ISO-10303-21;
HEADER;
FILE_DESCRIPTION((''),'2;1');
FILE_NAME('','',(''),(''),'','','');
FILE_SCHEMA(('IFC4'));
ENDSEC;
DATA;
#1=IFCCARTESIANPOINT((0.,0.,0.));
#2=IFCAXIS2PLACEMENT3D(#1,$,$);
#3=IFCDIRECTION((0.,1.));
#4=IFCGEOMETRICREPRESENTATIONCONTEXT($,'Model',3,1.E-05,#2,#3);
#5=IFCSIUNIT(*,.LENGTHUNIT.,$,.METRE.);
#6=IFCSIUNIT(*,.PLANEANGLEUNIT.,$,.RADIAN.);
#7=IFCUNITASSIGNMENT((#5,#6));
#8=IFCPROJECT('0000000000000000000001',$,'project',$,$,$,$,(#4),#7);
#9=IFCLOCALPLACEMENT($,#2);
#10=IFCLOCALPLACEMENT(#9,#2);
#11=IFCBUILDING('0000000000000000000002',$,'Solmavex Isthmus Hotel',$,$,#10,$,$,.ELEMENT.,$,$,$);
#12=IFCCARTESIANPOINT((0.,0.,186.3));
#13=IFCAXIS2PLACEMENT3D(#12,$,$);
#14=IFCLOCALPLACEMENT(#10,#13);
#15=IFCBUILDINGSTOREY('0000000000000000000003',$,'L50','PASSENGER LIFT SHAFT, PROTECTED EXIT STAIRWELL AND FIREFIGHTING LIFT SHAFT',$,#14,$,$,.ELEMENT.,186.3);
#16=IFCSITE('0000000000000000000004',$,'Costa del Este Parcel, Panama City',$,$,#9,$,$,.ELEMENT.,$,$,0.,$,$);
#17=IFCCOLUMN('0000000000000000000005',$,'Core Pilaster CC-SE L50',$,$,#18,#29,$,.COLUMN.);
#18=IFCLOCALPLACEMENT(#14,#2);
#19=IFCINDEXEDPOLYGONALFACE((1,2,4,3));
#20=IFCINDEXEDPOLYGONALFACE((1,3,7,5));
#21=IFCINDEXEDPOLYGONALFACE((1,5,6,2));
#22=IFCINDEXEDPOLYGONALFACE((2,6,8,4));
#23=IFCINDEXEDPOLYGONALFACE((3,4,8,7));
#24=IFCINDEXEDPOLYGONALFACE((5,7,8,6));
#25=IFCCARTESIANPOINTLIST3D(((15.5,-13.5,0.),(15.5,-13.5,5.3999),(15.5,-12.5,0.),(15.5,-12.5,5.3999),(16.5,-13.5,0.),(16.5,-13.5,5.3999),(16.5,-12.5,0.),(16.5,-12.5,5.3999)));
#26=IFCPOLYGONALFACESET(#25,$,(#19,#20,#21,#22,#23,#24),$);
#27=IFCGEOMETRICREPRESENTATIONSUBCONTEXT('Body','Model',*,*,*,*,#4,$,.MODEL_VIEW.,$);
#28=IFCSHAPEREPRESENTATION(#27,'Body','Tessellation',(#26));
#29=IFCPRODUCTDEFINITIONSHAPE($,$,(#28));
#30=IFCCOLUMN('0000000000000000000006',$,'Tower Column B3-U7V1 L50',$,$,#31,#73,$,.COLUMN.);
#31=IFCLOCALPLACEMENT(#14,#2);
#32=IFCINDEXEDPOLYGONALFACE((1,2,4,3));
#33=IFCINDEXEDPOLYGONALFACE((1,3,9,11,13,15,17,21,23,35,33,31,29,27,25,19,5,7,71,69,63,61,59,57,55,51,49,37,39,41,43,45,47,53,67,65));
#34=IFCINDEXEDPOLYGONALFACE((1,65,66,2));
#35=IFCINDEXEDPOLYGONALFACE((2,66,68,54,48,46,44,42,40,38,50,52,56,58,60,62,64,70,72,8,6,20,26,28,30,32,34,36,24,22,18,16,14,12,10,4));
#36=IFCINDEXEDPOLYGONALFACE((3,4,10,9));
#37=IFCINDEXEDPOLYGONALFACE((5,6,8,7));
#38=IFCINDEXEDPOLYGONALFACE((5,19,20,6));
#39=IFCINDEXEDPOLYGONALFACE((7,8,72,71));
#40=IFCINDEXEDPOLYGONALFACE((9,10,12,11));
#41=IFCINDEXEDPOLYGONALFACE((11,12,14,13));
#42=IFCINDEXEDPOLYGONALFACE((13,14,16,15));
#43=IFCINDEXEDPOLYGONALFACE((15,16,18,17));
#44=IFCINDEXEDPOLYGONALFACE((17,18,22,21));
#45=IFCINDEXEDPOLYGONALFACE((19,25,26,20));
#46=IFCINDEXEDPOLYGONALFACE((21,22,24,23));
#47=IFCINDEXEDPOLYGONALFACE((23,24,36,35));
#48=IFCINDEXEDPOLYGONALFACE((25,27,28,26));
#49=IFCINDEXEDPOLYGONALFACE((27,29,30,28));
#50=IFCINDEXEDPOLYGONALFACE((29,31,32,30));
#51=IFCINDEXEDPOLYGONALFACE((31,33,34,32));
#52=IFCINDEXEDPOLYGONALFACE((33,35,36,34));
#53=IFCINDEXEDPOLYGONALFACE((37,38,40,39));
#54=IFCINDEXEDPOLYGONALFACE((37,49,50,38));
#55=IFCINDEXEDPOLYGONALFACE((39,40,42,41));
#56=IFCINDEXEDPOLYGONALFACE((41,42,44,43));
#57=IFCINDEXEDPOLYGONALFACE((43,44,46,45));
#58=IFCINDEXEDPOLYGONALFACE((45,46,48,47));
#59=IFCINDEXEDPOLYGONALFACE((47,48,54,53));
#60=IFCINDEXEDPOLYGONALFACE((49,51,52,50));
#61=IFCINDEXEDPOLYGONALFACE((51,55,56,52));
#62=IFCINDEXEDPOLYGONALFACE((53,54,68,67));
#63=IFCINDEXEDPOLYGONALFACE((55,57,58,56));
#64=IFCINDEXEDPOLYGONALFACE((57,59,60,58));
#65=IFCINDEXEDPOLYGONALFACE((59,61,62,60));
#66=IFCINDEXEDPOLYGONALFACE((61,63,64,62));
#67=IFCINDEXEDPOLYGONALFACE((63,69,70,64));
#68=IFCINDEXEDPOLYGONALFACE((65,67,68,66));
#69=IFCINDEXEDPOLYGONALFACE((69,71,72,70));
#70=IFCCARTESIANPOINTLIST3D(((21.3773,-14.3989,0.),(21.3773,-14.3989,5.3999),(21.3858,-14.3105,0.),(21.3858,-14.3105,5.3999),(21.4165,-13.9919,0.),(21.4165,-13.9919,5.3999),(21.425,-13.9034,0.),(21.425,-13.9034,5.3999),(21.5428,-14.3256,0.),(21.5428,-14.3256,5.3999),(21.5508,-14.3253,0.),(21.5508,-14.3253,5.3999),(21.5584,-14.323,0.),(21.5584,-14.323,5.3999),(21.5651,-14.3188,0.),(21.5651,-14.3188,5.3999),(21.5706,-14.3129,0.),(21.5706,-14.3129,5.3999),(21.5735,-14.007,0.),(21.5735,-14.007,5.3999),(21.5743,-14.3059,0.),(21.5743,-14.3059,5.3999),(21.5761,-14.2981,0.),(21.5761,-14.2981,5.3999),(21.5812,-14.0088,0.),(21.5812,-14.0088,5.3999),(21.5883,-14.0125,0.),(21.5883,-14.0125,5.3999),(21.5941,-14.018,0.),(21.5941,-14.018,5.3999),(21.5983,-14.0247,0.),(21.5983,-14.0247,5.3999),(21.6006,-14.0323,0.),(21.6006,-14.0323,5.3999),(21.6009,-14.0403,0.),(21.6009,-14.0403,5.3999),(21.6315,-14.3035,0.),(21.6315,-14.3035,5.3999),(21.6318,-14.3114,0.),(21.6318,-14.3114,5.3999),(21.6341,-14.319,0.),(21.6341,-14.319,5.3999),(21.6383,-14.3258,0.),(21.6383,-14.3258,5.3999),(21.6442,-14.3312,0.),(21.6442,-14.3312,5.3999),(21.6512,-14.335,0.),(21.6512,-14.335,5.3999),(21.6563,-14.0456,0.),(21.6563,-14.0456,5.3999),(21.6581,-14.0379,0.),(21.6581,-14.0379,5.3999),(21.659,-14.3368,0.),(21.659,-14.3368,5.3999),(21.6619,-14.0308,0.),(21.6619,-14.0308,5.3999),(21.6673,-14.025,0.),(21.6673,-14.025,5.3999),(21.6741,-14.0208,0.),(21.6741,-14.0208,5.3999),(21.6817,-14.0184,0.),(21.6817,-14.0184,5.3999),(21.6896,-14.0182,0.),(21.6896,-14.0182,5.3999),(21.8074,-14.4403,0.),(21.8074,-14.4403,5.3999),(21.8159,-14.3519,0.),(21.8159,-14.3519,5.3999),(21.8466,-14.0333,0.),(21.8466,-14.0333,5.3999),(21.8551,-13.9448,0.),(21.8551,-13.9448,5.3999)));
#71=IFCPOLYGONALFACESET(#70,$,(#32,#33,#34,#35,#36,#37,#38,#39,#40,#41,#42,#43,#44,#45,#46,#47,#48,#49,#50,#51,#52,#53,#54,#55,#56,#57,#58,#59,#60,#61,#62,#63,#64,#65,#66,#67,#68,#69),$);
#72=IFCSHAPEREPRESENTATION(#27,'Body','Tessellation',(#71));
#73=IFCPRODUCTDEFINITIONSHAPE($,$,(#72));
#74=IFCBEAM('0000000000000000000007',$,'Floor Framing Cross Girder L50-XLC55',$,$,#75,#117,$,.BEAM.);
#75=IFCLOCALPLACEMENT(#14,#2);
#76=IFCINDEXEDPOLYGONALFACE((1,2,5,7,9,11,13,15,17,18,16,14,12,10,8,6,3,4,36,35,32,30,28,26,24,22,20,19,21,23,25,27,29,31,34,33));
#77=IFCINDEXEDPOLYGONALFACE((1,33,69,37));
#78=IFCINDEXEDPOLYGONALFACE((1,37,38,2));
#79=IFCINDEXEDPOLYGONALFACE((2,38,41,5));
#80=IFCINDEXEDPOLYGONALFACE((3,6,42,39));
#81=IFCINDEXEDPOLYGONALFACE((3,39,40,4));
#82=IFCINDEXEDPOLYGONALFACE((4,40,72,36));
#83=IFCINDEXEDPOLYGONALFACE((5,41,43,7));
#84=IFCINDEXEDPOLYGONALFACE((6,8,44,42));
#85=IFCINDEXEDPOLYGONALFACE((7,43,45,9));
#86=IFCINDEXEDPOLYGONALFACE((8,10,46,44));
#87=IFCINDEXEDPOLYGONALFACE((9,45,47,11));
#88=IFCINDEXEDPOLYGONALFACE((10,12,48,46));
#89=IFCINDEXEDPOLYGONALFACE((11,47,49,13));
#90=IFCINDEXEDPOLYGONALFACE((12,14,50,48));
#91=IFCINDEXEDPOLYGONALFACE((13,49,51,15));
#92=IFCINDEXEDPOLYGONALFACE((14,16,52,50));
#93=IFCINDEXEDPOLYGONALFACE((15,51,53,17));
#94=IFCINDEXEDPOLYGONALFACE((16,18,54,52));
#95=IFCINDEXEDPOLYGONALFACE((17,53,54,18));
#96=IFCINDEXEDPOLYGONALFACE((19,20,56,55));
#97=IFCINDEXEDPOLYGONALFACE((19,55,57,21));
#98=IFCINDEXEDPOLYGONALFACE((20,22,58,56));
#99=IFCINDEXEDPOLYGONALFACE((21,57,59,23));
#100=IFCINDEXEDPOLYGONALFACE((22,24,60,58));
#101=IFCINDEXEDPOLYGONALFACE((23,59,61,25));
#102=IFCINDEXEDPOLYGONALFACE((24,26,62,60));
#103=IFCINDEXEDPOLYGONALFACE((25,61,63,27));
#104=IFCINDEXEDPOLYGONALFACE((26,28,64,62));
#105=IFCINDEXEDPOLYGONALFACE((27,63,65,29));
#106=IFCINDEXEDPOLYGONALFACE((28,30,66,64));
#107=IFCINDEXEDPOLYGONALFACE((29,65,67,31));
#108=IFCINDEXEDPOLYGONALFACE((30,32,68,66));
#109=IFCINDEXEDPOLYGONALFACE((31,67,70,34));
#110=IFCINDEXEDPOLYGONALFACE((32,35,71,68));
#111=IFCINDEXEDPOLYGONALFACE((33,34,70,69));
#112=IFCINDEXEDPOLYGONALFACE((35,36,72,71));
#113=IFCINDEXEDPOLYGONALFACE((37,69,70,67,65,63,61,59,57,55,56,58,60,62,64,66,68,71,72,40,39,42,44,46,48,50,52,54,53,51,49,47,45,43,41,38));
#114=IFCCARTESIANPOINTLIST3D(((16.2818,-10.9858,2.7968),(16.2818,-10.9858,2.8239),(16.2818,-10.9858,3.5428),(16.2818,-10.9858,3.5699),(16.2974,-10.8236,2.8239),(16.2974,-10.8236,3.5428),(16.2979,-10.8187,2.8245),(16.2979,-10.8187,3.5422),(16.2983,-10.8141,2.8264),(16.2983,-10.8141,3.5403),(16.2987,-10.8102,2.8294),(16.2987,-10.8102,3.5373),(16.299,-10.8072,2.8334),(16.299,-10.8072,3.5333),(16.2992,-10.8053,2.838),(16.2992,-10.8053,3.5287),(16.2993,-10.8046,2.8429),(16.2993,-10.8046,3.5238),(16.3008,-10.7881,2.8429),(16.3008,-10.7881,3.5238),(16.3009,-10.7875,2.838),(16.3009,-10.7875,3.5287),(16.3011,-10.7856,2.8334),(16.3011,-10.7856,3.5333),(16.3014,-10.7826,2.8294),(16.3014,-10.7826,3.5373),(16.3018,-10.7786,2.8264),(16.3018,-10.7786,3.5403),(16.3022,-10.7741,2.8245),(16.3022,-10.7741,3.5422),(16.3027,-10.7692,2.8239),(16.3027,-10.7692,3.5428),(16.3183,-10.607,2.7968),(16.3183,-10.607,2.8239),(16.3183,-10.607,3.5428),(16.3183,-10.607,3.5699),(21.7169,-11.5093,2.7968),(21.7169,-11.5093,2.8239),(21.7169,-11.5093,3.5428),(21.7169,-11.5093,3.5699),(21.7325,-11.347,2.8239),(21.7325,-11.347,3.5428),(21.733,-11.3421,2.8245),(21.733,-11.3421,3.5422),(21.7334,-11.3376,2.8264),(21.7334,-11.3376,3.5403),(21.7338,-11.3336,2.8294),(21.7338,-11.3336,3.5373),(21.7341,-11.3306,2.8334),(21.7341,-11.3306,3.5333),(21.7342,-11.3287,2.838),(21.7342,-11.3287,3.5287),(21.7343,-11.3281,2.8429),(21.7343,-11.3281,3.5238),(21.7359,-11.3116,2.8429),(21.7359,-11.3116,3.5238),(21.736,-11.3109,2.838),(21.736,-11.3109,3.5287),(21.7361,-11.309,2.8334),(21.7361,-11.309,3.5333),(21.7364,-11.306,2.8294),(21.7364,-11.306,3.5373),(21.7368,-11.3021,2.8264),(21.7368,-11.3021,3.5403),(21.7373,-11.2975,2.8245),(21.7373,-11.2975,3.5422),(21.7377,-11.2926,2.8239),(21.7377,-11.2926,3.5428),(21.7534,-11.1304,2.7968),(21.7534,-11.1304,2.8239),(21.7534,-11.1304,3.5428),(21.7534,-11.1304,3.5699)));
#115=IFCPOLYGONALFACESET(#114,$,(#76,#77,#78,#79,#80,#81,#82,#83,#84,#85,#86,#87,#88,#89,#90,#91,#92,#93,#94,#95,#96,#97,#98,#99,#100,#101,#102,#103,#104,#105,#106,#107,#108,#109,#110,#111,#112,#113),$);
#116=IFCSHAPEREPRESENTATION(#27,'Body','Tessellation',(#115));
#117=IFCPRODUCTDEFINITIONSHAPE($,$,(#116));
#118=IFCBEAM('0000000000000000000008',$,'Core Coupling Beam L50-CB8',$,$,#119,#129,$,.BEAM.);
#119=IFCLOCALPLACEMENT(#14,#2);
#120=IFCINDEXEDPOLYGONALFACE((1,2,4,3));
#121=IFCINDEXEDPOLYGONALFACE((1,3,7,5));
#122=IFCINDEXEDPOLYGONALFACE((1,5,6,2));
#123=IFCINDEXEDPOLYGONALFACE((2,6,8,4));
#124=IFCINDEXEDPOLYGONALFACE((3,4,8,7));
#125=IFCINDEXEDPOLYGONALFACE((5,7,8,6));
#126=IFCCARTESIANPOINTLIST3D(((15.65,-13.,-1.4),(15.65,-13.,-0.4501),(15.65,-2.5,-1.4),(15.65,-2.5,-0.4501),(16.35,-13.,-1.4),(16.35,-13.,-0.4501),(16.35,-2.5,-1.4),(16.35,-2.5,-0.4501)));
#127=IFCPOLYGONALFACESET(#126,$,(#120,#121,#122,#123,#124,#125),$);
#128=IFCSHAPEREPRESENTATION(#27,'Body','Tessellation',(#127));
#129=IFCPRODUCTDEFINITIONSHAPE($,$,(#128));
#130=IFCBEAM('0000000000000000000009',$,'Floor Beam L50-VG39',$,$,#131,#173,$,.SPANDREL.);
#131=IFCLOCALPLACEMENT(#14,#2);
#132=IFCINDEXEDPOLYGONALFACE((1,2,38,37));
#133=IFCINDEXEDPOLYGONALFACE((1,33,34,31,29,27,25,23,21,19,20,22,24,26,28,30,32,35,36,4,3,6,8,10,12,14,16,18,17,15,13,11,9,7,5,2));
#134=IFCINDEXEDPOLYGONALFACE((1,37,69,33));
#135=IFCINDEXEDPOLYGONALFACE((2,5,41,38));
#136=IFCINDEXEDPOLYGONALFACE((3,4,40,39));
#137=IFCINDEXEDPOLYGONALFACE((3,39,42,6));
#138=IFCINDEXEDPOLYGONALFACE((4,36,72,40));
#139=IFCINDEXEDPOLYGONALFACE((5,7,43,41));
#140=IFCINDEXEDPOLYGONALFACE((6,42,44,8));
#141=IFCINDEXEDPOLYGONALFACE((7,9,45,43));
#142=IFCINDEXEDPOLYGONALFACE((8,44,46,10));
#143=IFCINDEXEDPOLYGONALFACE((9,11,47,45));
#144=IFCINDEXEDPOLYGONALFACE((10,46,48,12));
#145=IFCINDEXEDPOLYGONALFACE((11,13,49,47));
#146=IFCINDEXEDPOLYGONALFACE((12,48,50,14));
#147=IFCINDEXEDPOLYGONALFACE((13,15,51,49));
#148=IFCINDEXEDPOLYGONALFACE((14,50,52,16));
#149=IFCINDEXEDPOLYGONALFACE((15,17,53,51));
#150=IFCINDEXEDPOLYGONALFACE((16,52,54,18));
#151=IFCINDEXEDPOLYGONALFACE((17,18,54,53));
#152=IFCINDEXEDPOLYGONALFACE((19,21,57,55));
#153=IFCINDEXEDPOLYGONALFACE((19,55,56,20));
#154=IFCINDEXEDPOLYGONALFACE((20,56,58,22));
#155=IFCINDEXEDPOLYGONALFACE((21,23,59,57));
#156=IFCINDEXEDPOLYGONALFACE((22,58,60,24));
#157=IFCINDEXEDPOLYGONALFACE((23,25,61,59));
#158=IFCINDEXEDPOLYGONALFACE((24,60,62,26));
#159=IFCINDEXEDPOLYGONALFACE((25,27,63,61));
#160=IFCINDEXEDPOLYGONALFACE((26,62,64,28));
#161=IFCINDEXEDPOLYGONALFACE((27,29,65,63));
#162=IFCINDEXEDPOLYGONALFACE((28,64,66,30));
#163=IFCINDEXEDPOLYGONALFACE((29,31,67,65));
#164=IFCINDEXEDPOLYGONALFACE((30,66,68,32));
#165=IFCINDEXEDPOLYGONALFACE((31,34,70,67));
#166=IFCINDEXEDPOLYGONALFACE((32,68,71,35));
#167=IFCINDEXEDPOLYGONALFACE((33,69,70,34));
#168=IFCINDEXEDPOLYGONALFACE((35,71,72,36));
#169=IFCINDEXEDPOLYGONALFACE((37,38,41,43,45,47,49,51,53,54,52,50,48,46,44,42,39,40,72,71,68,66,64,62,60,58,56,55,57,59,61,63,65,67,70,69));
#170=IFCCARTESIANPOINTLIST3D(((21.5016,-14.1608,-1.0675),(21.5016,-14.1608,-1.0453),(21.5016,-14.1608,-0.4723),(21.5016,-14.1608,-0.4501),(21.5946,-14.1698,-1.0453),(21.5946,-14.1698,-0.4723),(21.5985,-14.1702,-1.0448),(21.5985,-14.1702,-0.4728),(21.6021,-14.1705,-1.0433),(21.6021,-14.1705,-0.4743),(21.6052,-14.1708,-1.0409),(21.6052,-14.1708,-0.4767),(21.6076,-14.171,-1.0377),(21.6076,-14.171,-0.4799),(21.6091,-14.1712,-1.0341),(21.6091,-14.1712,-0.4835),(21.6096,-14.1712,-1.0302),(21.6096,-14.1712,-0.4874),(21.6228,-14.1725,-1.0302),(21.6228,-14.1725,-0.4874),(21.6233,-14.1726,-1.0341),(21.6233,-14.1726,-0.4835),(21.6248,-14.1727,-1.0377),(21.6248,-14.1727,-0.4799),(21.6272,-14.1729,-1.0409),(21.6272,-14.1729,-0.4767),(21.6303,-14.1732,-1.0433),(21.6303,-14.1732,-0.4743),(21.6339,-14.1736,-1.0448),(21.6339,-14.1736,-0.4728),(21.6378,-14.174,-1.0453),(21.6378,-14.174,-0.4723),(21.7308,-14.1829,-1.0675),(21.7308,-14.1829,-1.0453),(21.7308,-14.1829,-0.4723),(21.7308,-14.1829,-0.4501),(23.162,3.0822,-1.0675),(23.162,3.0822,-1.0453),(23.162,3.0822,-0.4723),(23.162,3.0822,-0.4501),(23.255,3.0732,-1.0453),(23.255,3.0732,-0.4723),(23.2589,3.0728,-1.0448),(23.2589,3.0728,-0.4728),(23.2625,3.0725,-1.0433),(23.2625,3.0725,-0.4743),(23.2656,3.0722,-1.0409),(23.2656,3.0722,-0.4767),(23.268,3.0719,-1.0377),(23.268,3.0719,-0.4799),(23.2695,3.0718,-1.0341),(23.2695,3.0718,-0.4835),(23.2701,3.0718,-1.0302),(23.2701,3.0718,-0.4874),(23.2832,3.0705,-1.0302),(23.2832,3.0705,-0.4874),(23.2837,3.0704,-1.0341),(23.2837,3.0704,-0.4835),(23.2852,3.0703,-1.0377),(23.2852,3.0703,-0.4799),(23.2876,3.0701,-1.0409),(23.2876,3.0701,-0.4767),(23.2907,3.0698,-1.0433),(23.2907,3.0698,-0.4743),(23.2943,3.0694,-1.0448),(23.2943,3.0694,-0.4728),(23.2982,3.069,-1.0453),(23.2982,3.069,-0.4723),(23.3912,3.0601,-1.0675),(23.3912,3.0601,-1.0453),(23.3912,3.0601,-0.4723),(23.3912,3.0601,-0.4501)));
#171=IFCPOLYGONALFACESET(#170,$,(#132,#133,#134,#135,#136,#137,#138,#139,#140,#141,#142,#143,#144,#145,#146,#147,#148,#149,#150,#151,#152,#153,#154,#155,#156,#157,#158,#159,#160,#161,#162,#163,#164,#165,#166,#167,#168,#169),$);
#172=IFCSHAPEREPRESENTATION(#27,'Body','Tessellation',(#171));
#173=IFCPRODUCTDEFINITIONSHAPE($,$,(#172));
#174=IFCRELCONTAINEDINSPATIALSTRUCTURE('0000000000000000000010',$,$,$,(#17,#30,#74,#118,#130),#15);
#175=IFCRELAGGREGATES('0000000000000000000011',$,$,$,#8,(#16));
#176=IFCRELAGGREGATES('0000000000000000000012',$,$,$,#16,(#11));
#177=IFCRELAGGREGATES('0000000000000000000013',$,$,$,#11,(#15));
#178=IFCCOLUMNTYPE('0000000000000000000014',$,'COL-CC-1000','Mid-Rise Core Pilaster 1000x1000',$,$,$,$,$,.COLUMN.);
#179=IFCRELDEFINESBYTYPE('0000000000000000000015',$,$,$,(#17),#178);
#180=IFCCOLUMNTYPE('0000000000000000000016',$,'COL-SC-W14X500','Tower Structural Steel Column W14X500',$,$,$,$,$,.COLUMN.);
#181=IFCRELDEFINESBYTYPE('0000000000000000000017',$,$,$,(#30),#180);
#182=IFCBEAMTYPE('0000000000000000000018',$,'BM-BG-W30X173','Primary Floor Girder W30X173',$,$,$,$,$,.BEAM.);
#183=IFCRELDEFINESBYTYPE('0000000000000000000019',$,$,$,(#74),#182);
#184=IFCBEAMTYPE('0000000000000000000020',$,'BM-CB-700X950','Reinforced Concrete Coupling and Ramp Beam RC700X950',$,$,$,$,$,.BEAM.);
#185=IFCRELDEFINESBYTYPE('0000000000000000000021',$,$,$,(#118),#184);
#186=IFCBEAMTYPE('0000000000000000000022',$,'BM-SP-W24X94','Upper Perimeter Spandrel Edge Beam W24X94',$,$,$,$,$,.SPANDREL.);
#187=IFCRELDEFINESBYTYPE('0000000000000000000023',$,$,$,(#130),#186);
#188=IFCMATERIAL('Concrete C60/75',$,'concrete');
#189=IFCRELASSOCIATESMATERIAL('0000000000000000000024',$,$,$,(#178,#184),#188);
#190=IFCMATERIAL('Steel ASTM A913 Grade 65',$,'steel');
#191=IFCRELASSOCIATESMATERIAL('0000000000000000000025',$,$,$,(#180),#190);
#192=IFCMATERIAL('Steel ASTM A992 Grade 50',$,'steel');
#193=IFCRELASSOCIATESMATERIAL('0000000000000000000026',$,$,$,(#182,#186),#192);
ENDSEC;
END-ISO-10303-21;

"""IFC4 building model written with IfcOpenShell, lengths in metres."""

from ifc_helpers import new_model, si_unit, direction, frame, origin, origin_2d, place, context, subcontext, project, spatial, rectangle, i_section, extrude, material, material_profile, profile_set, type_object, element, save


model = new_model("IFC4")

# Units and contexts
model_context = context("Model", 3, precision=1e-05, world=origin(), true_north=direction((0.0, 1.0)))
body_context = subcontext(model_context, "Body", "Model", "MODEL_VIEW")
ifc_project = project(units=[si_unit("LENGTHUNIT", "METRE"), si_unit("PLANEANGLEUNIT", "RADIAN")], contexts=[model_context])

# Site, building, storey
site_placement = place(None, origin())
site = spatial("IfcSite", under=ifc_project, at=site_placement, Name="Costa del Este Parcel, Panama City", CompositionType="ELEMENT", RefElevation=0.0)
building_placement = place(site_placement, origin())
building = spatial("IfcBuilding", under=site, at=building_placement, Name="Solmavex Isthmus Hotel", CompositionType="ELEMENT")
storey_placement = place(building_placement, frame((0.0, 0.0, 186.3)))
storey = spatial("IfcBuildingStorey", under=building, at=storey_placement, Name="L50", Description="PASSENGER LIFT SHAFT, PROTECTED EXIT STAIRWELL AND FIREFIGHTING LIFT SHAFT", CompositionType="ELEMENT", Elevation=186.3)

# Columns
ifc_material_1 = material(Name="Concrete C60/75", Category="concrete")
ifc_material_profile_1 = material_profile(ifc_material_1, rectangle(XDim=1.0, YDim=1.0, at=origin_2d()), Name="RC1000X1000")
ifc_profile_set_1 = profile_set([ifc_material_profile_1], Name="Concrete C60/75")
column_type_1 = type_object("IfcColumnType", Name="COL-CC-1000", Description="Mid-Rise Core Pilaster 1000x1000", PredefinedType="COLUMN", material=ifc_profile_set_1)
column_1_placement = place(storey_placement, frame((16.0, -13.0, 0.0), z_axis=(0.0, 0.0, 1.0), x_axis=(1.0, 0.0, 0.0)))
element("IfcColumn", 1, at=column_1_placement, inside=storey, type_object=column_type_1, Name="Core Pilaster CC-SE L50", PredefinedType="COLUMN", context=body_context, shape_type="SweptSolid", body=[
    extrude(rectangle(XDim=1.0, YDim=1.0, at=origin_2d()), origin(), (0.0, 0.0, 1.0), 5.3999),
])
ifc_material_2 = material(Name="Steel ASTM A913 Grade 65", Category="steel")
ifc_material_profile_2 = material_profile(ifc_material_2, i_section(OverallWidth=0.4321, OverallDepth=0.4978, WebThickness=0.0557, FlangeThickness=0.0889, FilletRadius=0.0305, at=origin_2d()), Name="W14X500")
ifc_profile_set_2 = profile_set([ifc_material_profile_2], Name="Steel ASTM A913 Grade 65")
column_type_2 = type_object("IfcColumnType", Name="COL-SC-W14X500", Description="Tower Structural Steel Column W14X500", PredefinedType="COLUMN", material=ifc_profile_set_2)
column_2_placement = place(storey_placement, frame((21.6162, -14.1719, 0.0), z_axis=(0.0, 0.0, 1.0), x_axis=(0.995396, -0.095846, 0.0)))
element("IfcColumn", 2, at=column_2_placement, inside=storey, type_object=column_type_2, Name="Tower Column B3-U7V1 L50", PredefinedType="COLUMN", context=body_context, shape_type="SweptSolid", body=[
    extrude(i_section(OverallWidth=0.4321, OverallDepth=0.4978, WebThickness=0.0557, FlangeThickness=0.0889, FilletRadius=0.0305, at=origin_2d()), origin(), (0.0, 0.0, 1.0), 5.3999),
])

# Beams
ifc_material_3 = material(Name="Steel ASTM A992 Grade 50", Category="steel")
ifc_material_profile_3 = material_profile(ifc_material_3, i_section(OverallWidth=0.3806, OverallDepth=0.7732, WebThickness=0.0166, FlangeThickness=0.0271, FilletRadius=0.019, at=origin_2d()), Name="W30X173")
ifc_profile_set_3 = profile_set([ifc_material_profile_3], Name="Steel ASTM A992 Grade 50")
beam_type_1 = type_object("IfcBeamType", Name="BM-BG-W30X173", Description="Primary Floor Girder W30X173", PredefinedType="BEAM", material=ifc_profile_set_3)
beam_1_placement = place(storey_placement, frame((16.3, -10.7964, 3.1833), z_axis=(0.995394, -0.095864, 0.0), x_axis=(0.095864, 0.995394, 0.0)))
element("IfcBeam", 3, at=beam_1_placement, inside=storey, type_object=beam_type_1, Name="Floor Framing Cross Girder L50-XLC55", PredefinedType="BEAM", context=body_context, shape_type="SweptSolid", body=[
    extrude(i_section(OverallWidth=0.3806, OverallDepth=0.7732, WebThickness=0.0166, FlangeThickness=0.0271, FilletRadius=0.019, at=origin_2d()), origin(), (0.0, 0.0, 1.0), 5.4602),
])
ifc_material_profile_4 = material_profile(ifc_material_1, rectangle(XDim=0.7, YDim=0.95, at=origin_2d()), Name="RC700X950")
ifc_profile_set_4 = profile_set([ifc_material_profile_4], Name="Concrete C60/75")
beam_type_2 = type_object("IfcBeamType", Name="BM-CB-700X950", Description="Reinforced Concrete Coupling and Ramp Beam RC700X950", PredefinedType="BEAM", material=ifc_profile_set_4)
beam_2_placement = place(storey_placement, frame((16.0, -13.0, -0.925), z_axis=(0.0, 1.0, 0.0), x_axis=(-1.0, 0.0, 0.0)))
element("IfcBeam", 4, at=beam_2_placement, inside=storey, type_object=beam_type_2, Name="Core Coupling Beam L50-CB8", PredefinedType="BEAM", context=body_context, shape_type="SweptSolid", body=[
    extrude(rectangle(XDim=0.7, YDim=0.95, at=origin_2d()), origin(), (0.0, 0.0, 1.0), 10.5),
])
ifc_material_profile_5 = material_profile(ifc_material_3, i_section(OverallWidth=0.2302, OverallDepth=0.6174, WebThickness=0.0132, FlangeThickness=0.0222, FilletRadius=0.0151, at=origin_2d()), Name="W24X94")
ifc_profile_set_5 = profile_set([ifc_material_profile_5], Name="Steel ASTM A992 Grade 50")
beam_type_3 = type_object("IfcBeamType", Name="BM-SP-W24X94", Description="Upper Perimeter Spandrel Edge Beam W24X94", PredefinedType="SPANDREL", material=ifc_profile_set_5)
beam_3_placement = place(storey_placement, frame((21.6162, -14.1719, -0.7588), z_axis=(0.095851, 0.995396, 0.0), x_axis=(-0.995396, 0.095851, 0.0)))
element("IfcBeam", 5, at=beam_3_placement, inside=storey, type_object=beam_type_3, Name="Floor Beam L50-VG39", PredefinedType="SPANDREL", context=body_context, shape_type="SweptSolid", body=[
    extrude(i_section(OverallWidth=0.2302, OverallDepth=0.6174, WebThickness=0.0132, FlangeThickness=0.0222, FilletRadius=0.0151, at=origin_2d()), origin(), (0.0, 0.0, 1.0), 17.3228),
])

save(model, "model.ifc")
